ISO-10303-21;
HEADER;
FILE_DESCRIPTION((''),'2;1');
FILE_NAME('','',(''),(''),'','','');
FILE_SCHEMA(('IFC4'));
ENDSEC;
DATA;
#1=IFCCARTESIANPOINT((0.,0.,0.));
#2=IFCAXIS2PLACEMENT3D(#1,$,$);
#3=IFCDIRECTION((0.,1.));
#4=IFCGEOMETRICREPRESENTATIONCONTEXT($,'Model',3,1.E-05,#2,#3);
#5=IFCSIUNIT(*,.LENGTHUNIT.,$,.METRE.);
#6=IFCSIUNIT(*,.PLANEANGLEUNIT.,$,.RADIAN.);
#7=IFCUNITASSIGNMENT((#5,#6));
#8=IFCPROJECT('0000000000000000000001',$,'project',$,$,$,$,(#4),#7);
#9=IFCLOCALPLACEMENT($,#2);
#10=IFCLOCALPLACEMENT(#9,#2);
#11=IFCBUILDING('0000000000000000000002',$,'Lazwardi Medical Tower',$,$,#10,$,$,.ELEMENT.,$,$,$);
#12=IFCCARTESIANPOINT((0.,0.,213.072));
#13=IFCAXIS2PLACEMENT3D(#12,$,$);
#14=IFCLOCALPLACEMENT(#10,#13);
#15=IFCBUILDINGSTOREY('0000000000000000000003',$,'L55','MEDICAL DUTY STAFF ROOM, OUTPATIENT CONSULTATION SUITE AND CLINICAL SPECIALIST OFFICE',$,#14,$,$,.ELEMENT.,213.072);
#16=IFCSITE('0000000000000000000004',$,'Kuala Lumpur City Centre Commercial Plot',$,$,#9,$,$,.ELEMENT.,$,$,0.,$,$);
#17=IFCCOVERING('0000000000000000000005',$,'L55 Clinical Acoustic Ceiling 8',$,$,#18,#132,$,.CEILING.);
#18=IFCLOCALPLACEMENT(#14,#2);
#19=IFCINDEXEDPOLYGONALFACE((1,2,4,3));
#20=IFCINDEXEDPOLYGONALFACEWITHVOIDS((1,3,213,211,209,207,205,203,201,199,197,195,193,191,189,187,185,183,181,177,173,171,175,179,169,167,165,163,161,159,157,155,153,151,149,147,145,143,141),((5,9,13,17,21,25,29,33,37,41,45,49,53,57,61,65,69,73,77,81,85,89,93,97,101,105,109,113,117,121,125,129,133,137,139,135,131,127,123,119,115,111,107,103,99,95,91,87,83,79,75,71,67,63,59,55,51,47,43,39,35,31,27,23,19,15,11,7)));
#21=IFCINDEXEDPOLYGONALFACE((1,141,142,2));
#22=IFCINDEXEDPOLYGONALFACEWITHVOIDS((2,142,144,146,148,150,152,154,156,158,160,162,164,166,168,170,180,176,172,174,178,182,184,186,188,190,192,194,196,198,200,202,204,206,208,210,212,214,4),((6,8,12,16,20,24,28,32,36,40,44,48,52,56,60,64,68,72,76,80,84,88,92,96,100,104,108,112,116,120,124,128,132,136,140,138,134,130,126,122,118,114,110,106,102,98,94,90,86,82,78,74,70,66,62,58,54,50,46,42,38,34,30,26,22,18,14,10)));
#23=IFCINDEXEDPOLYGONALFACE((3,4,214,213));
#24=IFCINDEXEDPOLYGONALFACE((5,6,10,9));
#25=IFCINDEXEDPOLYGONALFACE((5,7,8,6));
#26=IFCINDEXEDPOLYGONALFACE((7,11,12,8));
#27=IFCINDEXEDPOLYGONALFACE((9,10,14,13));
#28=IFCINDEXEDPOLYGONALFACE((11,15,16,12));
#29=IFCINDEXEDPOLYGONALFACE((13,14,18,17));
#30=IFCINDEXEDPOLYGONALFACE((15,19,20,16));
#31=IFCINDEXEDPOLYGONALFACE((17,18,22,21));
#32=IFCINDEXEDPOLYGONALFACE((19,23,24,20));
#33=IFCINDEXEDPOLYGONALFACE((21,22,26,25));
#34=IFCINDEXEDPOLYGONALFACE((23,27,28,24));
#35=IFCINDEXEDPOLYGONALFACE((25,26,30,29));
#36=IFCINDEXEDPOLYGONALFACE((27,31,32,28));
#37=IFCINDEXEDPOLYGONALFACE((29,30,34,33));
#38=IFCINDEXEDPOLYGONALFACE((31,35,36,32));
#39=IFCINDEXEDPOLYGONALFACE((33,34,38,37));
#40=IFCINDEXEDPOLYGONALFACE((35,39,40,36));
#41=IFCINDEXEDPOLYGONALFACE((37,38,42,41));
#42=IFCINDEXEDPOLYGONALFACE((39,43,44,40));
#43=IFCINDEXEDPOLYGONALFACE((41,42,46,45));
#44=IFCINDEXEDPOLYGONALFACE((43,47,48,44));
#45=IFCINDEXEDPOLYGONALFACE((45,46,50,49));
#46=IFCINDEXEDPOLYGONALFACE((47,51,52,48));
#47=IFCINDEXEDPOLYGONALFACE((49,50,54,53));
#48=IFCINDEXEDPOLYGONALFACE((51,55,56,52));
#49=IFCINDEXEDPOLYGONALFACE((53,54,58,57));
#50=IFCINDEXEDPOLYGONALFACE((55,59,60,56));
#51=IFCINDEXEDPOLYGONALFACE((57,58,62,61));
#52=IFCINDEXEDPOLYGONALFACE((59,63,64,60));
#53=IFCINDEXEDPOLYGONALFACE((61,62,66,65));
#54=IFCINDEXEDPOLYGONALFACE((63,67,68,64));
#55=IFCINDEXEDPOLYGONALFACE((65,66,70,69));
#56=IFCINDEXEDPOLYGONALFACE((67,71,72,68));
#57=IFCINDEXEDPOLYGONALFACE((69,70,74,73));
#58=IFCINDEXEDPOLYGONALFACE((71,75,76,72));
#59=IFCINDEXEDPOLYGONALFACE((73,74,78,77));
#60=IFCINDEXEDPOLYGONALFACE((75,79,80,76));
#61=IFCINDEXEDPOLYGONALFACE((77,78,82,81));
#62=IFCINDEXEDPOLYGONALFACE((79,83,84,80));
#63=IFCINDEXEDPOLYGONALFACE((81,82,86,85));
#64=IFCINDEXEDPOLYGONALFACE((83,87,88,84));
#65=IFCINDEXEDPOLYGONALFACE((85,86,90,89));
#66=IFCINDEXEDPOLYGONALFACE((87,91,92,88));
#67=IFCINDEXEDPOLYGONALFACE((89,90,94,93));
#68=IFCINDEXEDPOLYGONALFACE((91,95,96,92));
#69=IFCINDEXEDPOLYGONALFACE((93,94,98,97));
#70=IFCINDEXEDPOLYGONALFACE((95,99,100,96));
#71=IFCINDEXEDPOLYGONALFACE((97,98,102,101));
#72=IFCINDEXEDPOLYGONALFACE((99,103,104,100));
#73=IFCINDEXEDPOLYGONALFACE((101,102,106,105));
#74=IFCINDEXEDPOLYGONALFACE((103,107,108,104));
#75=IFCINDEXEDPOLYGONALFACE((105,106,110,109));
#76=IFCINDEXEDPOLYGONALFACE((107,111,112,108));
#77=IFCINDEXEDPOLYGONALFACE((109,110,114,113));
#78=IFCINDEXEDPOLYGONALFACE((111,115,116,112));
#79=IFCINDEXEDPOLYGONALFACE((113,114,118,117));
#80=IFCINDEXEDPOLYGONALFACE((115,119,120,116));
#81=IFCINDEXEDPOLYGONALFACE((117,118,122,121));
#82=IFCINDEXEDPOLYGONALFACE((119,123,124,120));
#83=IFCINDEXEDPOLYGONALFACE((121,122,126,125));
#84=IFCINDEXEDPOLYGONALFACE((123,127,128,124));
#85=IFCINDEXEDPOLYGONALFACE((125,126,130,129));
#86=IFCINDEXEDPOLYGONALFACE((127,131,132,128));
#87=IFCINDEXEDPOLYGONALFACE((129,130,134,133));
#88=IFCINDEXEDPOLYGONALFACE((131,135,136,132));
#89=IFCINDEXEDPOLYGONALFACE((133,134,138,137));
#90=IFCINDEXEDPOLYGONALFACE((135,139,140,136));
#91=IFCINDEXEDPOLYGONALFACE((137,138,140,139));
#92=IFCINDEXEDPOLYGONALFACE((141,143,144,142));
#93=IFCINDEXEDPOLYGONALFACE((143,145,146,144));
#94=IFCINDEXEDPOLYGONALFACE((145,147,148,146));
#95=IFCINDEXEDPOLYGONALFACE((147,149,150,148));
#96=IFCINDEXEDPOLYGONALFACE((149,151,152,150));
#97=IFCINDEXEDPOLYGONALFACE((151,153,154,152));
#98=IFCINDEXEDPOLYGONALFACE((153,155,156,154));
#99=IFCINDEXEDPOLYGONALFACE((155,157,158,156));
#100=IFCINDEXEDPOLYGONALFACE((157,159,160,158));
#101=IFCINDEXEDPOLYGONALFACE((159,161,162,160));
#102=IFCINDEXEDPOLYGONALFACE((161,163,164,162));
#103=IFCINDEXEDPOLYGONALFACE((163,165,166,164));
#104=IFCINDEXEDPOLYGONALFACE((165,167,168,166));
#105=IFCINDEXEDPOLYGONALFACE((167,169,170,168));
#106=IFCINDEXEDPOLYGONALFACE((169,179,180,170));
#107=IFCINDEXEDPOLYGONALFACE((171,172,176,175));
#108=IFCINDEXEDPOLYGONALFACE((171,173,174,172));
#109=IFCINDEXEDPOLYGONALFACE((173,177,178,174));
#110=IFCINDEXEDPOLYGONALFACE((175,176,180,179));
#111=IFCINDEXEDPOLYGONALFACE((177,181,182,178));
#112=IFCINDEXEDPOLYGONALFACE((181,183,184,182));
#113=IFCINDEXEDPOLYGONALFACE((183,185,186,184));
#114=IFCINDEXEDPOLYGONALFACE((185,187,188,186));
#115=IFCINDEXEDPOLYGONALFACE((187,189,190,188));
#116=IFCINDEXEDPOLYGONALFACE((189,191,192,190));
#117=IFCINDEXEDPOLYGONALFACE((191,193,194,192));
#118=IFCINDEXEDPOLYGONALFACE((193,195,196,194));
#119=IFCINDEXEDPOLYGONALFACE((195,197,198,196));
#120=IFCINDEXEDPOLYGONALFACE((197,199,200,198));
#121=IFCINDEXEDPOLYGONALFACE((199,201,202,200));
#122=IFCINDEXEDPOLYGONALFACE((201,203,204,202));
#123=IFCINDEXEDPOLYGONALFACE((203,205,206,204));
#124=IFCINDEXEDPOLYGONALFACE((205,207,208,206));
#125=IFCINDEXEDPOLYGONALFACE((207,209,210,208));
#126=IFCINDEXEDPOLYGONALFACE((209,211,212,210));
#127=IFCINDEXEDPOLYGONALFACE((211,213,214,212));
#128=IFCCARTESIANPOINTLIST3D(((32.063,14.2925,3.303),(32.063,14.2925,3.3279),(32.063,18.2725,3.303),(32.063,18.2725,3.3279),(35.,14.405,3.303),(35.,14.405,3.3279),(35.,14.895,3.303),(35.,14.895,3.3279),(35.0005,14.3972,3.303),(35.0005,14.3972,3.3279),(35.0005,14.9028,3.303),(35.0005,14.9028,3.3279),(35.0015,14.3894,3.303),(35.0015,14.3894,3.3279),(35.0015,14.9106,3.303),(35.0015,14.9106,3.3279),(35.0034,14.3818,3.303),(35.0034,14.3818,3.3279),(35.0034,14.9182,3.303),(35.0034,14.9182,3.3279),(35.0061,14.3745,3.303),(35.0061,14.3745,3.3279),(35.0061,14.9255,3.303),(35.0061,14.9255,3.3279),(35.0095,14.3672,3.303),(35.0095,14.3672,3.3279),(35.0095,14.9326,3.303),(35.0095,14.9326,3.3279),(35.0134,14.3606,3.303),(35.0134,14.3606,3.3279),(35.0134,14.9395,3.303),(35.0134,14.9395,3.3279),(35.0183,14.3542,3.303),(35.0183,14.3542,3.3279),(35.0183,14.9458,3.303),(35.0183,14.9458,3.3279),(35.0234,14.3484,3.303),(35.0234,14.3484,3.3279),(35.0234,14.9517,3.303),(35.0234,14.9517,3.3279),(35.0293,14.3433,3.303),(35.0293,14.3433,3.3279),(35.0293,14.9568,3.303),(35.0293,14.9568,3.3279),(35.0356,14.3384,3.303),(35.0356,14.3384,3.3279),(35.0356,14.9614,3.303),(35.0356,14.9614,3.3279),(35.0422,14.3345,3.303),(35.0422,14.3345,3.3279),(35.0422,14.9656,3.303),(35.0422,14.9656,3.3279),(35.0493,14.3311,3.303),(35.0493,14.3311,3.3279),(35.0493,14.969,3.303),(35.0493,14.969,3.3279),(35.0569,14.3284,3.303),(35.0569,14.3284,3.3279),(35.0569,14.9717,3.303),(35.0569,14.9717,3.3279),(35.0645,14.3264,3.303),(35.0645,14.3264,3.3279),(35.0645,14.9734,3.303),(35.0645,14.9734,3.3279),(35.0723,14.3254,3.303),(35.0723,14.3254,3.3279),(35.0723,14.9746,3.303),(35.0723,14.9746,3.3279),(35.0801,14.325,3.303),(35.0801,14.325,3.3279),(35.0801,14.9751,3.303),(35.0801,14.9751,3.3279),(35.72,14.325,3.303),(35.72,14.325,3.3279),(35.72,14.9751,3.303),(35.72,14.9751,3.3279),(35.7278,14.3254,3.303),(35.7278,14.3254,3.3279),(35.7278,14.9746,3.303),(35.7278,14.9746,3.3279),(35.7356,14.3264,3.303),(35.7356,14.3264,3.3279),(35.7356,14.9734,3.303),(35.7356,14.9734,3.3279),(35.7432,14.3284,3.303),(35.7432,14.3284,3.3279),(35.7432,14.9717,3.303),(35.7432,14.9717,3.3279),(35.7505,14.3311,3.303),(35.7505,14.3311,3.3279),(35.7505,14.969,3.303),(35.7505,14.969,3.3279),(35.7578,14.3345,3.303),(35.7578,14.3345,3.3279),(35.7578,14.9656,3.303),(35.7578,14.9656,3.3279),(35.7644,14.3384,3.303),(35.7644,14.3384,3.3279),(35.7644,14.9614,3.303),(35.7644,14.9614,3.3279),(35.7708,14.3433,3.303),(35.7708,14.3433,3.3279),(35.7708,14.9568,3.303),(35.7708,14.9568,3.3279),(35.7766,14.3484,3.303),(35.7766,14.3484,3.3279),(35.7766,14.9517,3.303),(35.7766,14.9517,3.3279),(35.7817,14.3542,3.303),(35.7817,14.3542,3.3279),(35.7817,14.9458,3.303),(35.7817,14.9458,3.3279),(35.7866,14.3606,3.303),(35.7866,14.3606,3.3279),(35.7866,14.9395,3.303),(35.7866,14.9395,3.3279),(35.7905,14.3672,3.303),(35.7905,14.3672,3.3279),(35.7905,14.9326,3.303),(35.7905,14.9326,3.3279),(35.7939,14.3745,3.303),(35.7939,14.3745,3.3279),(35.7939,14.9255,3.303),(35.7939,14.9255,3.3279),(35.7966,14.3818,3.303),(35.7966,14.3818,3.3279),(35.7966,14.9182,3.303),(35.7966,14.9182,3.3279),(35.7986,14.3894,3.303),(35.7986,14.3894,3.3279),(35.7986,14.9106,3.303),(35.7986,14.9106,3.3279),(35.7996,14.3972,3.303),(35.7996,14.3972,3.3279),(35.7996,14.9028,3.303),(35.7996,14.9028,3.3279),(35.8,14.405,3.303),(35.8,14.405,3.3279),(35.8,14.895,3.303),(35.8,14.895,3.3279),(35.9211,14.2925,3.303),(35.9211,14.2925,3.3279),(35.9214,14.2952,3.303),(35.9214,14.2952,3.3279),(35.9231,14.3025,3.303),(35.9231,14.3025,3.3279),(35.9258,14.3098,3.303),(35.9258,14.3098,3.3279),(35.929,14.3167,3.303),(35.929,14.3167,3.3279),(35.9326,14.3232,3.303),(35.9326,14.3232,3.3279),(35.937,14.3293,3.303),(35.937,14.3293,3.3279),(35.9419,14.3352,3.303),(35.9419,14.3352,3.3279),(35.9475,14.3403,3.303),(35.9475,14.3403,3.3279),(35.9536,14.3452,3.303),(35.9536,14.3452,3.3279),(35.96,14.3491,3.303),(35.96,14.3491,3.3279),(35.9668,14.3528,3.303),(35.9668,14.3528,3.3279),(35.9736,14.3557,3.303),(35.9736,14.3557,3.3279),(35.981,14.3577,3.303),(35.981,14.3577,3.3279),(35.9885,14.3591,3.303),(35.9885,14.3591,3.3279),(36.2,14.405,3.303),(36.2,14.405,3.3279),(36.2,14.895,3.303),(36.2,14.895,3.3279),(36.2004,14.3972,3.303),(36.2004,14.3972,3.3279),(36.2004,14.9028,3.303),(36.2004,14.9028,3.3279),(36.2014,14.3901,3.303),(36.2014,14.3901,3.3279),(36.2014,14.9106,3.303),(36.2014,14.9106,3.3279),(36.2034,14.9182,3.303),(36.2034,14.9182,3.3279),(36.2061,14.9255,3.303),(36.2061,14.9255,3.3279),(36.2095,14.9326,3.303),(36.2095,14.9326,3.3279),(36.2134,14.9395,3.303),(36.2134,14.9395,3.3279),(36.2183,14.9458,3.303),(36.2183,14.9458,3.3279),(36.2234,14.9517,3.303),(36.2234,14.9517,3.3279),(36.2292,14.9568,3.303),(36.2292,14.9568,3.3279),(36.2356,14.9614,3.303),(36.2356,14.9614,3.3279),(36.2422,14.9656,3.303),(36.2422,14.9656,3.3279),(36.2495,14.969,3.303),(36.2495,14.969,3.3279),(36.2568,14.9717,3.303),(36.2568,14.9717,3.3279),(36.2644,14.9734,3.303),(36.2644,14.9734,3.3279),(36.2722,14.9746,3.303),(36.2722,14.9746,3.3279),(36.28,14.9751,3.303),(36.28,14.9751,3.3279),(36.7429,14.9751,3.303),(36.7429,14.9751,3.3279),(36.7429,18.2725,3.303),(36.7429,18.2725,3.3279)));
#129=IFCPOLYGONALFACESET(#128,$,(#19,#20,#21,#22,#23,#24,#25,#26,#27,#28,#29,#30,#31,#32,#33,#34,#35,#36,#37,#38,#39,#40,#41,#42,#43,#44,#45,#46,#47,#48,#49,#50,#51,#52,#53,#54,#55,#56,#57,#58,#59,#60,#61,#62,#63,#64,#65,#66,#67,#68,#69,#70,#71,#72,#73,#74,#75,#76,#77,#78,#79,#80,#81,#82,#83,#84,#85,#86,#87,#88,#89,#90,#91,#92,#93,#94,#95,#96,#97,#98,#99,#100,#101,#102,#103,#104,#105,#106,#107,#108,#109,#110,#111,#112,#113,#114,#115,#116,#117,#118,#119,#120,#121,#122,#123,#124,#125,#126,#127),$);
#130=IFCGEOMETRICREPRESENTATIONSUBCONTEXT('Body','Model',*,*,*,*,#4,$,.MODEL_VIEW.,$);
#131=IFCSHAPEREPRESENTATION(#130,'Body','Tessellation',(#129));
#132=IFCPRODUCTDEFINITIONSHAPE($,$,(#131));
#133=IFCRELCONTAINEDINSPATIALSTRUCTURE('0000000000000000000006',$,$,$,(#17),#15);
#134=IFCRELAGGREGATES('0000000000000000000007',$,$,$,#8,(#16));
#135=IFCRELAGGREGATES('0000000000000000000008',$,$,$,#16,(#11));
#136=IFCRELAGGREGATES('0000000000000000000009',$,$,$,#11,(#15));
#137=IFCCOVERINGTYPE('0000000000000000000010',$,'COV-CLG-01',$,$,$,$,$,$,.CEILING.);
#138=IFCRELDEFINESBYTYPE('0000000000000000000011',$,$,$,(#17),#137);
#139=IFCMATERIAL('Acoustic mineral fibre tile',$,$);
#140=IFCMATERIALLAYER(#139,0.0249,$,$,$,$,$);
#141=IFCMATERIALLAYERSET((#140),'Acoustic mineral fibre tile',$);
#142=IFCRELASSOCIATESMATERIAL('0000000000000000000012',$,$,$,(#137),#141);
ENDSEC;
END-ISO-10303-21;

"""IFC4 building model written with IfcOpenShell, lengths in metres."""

from ifc_helpers import new_model, si_unit, direction, frame, origin, place, context, subcontext, project, spatial, polyline, outline, extrude, material, layer, layer_set, type_object, element, save


model = new_model("IFC4")

# Units and contexts
model_context = context("Model", 3, precision=1e-05, world=origin(), true_north=direction((0.0, 1.0)))
body_context = subcontext(model_context, "Body", "Model", "MODEL_VIEW")
ifc_project = project(units=[si_unit("LENGTHUNIT", "METRE"), si_unit("PLANEANGLEUNIT", "RADIAN")], contexts=[model_context])

# Site, building, storey
site_placement = place(None, origin())
site = spatial("IfcSite", under=ifc_project, at=site_placement, Name="Kuala Lumpur City Centre Commercial Plot", CompositionType="ELEMENT", RefElevation=0.0)
building_placement = place(site_placement, origin())
building = spatial("IfcBuilding", under=site, at=building_placement, Name="Lazwardi Medical Tower", CompositionType="ELEMENT")
storey_placement = place(building_placement, frame((0.0, 0.0, 213.072)))
storey = spatial("IfcBuildingStorey", under=building, at=storey_placement, Name="L55", Description="MEDICAL DUTY STAFF ROOM, OUTPATIENT CONSULTATION SUITE AND CLINICAL SPECIALIST OFFICE", CompositionType="ELEMENT", Elevation=213.072)

# Covering
ifc_material_1 = material(Name="Acoustic mineral fibre tile")
ifc_layer_1 = layer(ifc_material_1, 0.0249)
ifc_layer_set_1 = layer_set([ifc_layer_1], Name="Acoustic mineral fibre tile")
covering_type_1 = type_object("IfcCoveringType", Name="COV-CLG-01", PredefinedType="CEILING", material=ifc_layer_set_1)
covering_1_placement = place(storey_placement, frame((0.0, 0.0, 3.303)))
element("IfcCovering", 1, at=covering_1_placement, inside=storey, type_object=covering_type_1, Name="L55 Clinical Acoustic Ceiling 8", PredefinedType="CEILING", context=body_context, shape_type="SweptSolid", body=[
    extrude(outline(polyline([(35.9211, 14.2925), (35.9214, 14.2952), (35.9231, 14.3025), (35.9258, 14.3098), (35.929, 14.3167), (35.9326, 14.3232), (35.937, 14.3293), (35.9419, 14.3352), (35.9475, 14.3403), (35.9536, 14.3452), (35.96, 14.3491), (35.9668, 14.3528), (35.9736, 14.3557), (35.981, 14.3577), (35.9885, 14.3591), (36.2014, 14.3901), (36.2004, 14.3972), (36.2, 14.405), (36.2, 14.895), (36.2004, 14.9028), (36.2014, 14.9106), (36.2034, 14.9182), (36.2061, 14.9255), (36.2095, 14.9326), (36.2134, 14.9395), (36.2183, 14.9458), (36.2234, 14.9517), (36.2292, 14.9568), (36.2356, 14.9614), (36.2422, 14.9656), (36.2495, 14.969), (36.2568, 14.9717), (36.2644, 14.9734), (36.2722, 14.9746), (36.28, 14.9751), (36.7429, 14.9751), (36.7429, 18.2725), (32.063, 18.2725), (32.063, 14.2925), (35.9211, 14.2925)]), holes=[polyline([(35.7505, 14.3311), (35.7432, 14.3284), (35.7356, 14.3264), (35.7278, 14.3254), (35.72, 14.325), (35.0801, 14.325), (35.0723, 14.3254), (35.0645, 14.3264), (35.0569, 14.3284), (35.0493, 14.3311), (35.0422, 14.3345), (35.0356, 14.3384), (35.0293, 14.3433), (35.0234, 14.3484), (35.0183, 14.3542), (35.0134, 14.3606), (35.0095, 14.3672), (35.0061, 14.3745), (35.0034, 14.3818), (35.0015, 14.3894), (35.0005, 14.3972), (35.0, 14.405), (35.0, 14.895), (35.0005, 14.9028), (35.0015, 14.9106), (35.0034, 14.9182), (35.0061, 14.9255), (35.0095, 14.9326), (35.0134, 14.9395), (35.0183, 14.9458), (35.0234, 14.9517), (35.0293, 14.9568), (35.0356, 14.9614), (35.0422, 14.9656), (35.0493, 14.969), (35.0569, 14.9717), (35.0645, 14.9734), (35.0723, 14.9746), (35.0801, 14.9751), (35.72, 14.9751), (35.7278, 14.9746), (35.7356, 14.9734), (35.7432, 14.9717), (35.7505, 14.969), (35.7578, 14.9656), (35.7644, 14.9614), (35.7708, 14.9568), (35.7766, 14.9517), (35.7817, 14.9458), (35.7866, 14.9395), (35.7905, 14.9326), (35.7939, 14.9255), (35.7966, 14.9182), (35.7986, 14.9106), (35.7996, 14.9028), (35.8, 14.895), (35.8, 14.405), (35.7996, 14.3972), (35.7986, 14.3894), (35.7966, 14.3818), (35.7939, 14.3745), (35.7905, 14.3672), (35.7866, 14.3606), (35.7817, 14.3542), (35.7766, 14.3484), (35.7708, 14.3433), (35.7644, 14.3384), (35.7578, 14.3345), (35.7505, 14.3311)])]), origin(), (0.0, 0.0, 1.0), 0.0249),
])

save(model, "model.ifc")
